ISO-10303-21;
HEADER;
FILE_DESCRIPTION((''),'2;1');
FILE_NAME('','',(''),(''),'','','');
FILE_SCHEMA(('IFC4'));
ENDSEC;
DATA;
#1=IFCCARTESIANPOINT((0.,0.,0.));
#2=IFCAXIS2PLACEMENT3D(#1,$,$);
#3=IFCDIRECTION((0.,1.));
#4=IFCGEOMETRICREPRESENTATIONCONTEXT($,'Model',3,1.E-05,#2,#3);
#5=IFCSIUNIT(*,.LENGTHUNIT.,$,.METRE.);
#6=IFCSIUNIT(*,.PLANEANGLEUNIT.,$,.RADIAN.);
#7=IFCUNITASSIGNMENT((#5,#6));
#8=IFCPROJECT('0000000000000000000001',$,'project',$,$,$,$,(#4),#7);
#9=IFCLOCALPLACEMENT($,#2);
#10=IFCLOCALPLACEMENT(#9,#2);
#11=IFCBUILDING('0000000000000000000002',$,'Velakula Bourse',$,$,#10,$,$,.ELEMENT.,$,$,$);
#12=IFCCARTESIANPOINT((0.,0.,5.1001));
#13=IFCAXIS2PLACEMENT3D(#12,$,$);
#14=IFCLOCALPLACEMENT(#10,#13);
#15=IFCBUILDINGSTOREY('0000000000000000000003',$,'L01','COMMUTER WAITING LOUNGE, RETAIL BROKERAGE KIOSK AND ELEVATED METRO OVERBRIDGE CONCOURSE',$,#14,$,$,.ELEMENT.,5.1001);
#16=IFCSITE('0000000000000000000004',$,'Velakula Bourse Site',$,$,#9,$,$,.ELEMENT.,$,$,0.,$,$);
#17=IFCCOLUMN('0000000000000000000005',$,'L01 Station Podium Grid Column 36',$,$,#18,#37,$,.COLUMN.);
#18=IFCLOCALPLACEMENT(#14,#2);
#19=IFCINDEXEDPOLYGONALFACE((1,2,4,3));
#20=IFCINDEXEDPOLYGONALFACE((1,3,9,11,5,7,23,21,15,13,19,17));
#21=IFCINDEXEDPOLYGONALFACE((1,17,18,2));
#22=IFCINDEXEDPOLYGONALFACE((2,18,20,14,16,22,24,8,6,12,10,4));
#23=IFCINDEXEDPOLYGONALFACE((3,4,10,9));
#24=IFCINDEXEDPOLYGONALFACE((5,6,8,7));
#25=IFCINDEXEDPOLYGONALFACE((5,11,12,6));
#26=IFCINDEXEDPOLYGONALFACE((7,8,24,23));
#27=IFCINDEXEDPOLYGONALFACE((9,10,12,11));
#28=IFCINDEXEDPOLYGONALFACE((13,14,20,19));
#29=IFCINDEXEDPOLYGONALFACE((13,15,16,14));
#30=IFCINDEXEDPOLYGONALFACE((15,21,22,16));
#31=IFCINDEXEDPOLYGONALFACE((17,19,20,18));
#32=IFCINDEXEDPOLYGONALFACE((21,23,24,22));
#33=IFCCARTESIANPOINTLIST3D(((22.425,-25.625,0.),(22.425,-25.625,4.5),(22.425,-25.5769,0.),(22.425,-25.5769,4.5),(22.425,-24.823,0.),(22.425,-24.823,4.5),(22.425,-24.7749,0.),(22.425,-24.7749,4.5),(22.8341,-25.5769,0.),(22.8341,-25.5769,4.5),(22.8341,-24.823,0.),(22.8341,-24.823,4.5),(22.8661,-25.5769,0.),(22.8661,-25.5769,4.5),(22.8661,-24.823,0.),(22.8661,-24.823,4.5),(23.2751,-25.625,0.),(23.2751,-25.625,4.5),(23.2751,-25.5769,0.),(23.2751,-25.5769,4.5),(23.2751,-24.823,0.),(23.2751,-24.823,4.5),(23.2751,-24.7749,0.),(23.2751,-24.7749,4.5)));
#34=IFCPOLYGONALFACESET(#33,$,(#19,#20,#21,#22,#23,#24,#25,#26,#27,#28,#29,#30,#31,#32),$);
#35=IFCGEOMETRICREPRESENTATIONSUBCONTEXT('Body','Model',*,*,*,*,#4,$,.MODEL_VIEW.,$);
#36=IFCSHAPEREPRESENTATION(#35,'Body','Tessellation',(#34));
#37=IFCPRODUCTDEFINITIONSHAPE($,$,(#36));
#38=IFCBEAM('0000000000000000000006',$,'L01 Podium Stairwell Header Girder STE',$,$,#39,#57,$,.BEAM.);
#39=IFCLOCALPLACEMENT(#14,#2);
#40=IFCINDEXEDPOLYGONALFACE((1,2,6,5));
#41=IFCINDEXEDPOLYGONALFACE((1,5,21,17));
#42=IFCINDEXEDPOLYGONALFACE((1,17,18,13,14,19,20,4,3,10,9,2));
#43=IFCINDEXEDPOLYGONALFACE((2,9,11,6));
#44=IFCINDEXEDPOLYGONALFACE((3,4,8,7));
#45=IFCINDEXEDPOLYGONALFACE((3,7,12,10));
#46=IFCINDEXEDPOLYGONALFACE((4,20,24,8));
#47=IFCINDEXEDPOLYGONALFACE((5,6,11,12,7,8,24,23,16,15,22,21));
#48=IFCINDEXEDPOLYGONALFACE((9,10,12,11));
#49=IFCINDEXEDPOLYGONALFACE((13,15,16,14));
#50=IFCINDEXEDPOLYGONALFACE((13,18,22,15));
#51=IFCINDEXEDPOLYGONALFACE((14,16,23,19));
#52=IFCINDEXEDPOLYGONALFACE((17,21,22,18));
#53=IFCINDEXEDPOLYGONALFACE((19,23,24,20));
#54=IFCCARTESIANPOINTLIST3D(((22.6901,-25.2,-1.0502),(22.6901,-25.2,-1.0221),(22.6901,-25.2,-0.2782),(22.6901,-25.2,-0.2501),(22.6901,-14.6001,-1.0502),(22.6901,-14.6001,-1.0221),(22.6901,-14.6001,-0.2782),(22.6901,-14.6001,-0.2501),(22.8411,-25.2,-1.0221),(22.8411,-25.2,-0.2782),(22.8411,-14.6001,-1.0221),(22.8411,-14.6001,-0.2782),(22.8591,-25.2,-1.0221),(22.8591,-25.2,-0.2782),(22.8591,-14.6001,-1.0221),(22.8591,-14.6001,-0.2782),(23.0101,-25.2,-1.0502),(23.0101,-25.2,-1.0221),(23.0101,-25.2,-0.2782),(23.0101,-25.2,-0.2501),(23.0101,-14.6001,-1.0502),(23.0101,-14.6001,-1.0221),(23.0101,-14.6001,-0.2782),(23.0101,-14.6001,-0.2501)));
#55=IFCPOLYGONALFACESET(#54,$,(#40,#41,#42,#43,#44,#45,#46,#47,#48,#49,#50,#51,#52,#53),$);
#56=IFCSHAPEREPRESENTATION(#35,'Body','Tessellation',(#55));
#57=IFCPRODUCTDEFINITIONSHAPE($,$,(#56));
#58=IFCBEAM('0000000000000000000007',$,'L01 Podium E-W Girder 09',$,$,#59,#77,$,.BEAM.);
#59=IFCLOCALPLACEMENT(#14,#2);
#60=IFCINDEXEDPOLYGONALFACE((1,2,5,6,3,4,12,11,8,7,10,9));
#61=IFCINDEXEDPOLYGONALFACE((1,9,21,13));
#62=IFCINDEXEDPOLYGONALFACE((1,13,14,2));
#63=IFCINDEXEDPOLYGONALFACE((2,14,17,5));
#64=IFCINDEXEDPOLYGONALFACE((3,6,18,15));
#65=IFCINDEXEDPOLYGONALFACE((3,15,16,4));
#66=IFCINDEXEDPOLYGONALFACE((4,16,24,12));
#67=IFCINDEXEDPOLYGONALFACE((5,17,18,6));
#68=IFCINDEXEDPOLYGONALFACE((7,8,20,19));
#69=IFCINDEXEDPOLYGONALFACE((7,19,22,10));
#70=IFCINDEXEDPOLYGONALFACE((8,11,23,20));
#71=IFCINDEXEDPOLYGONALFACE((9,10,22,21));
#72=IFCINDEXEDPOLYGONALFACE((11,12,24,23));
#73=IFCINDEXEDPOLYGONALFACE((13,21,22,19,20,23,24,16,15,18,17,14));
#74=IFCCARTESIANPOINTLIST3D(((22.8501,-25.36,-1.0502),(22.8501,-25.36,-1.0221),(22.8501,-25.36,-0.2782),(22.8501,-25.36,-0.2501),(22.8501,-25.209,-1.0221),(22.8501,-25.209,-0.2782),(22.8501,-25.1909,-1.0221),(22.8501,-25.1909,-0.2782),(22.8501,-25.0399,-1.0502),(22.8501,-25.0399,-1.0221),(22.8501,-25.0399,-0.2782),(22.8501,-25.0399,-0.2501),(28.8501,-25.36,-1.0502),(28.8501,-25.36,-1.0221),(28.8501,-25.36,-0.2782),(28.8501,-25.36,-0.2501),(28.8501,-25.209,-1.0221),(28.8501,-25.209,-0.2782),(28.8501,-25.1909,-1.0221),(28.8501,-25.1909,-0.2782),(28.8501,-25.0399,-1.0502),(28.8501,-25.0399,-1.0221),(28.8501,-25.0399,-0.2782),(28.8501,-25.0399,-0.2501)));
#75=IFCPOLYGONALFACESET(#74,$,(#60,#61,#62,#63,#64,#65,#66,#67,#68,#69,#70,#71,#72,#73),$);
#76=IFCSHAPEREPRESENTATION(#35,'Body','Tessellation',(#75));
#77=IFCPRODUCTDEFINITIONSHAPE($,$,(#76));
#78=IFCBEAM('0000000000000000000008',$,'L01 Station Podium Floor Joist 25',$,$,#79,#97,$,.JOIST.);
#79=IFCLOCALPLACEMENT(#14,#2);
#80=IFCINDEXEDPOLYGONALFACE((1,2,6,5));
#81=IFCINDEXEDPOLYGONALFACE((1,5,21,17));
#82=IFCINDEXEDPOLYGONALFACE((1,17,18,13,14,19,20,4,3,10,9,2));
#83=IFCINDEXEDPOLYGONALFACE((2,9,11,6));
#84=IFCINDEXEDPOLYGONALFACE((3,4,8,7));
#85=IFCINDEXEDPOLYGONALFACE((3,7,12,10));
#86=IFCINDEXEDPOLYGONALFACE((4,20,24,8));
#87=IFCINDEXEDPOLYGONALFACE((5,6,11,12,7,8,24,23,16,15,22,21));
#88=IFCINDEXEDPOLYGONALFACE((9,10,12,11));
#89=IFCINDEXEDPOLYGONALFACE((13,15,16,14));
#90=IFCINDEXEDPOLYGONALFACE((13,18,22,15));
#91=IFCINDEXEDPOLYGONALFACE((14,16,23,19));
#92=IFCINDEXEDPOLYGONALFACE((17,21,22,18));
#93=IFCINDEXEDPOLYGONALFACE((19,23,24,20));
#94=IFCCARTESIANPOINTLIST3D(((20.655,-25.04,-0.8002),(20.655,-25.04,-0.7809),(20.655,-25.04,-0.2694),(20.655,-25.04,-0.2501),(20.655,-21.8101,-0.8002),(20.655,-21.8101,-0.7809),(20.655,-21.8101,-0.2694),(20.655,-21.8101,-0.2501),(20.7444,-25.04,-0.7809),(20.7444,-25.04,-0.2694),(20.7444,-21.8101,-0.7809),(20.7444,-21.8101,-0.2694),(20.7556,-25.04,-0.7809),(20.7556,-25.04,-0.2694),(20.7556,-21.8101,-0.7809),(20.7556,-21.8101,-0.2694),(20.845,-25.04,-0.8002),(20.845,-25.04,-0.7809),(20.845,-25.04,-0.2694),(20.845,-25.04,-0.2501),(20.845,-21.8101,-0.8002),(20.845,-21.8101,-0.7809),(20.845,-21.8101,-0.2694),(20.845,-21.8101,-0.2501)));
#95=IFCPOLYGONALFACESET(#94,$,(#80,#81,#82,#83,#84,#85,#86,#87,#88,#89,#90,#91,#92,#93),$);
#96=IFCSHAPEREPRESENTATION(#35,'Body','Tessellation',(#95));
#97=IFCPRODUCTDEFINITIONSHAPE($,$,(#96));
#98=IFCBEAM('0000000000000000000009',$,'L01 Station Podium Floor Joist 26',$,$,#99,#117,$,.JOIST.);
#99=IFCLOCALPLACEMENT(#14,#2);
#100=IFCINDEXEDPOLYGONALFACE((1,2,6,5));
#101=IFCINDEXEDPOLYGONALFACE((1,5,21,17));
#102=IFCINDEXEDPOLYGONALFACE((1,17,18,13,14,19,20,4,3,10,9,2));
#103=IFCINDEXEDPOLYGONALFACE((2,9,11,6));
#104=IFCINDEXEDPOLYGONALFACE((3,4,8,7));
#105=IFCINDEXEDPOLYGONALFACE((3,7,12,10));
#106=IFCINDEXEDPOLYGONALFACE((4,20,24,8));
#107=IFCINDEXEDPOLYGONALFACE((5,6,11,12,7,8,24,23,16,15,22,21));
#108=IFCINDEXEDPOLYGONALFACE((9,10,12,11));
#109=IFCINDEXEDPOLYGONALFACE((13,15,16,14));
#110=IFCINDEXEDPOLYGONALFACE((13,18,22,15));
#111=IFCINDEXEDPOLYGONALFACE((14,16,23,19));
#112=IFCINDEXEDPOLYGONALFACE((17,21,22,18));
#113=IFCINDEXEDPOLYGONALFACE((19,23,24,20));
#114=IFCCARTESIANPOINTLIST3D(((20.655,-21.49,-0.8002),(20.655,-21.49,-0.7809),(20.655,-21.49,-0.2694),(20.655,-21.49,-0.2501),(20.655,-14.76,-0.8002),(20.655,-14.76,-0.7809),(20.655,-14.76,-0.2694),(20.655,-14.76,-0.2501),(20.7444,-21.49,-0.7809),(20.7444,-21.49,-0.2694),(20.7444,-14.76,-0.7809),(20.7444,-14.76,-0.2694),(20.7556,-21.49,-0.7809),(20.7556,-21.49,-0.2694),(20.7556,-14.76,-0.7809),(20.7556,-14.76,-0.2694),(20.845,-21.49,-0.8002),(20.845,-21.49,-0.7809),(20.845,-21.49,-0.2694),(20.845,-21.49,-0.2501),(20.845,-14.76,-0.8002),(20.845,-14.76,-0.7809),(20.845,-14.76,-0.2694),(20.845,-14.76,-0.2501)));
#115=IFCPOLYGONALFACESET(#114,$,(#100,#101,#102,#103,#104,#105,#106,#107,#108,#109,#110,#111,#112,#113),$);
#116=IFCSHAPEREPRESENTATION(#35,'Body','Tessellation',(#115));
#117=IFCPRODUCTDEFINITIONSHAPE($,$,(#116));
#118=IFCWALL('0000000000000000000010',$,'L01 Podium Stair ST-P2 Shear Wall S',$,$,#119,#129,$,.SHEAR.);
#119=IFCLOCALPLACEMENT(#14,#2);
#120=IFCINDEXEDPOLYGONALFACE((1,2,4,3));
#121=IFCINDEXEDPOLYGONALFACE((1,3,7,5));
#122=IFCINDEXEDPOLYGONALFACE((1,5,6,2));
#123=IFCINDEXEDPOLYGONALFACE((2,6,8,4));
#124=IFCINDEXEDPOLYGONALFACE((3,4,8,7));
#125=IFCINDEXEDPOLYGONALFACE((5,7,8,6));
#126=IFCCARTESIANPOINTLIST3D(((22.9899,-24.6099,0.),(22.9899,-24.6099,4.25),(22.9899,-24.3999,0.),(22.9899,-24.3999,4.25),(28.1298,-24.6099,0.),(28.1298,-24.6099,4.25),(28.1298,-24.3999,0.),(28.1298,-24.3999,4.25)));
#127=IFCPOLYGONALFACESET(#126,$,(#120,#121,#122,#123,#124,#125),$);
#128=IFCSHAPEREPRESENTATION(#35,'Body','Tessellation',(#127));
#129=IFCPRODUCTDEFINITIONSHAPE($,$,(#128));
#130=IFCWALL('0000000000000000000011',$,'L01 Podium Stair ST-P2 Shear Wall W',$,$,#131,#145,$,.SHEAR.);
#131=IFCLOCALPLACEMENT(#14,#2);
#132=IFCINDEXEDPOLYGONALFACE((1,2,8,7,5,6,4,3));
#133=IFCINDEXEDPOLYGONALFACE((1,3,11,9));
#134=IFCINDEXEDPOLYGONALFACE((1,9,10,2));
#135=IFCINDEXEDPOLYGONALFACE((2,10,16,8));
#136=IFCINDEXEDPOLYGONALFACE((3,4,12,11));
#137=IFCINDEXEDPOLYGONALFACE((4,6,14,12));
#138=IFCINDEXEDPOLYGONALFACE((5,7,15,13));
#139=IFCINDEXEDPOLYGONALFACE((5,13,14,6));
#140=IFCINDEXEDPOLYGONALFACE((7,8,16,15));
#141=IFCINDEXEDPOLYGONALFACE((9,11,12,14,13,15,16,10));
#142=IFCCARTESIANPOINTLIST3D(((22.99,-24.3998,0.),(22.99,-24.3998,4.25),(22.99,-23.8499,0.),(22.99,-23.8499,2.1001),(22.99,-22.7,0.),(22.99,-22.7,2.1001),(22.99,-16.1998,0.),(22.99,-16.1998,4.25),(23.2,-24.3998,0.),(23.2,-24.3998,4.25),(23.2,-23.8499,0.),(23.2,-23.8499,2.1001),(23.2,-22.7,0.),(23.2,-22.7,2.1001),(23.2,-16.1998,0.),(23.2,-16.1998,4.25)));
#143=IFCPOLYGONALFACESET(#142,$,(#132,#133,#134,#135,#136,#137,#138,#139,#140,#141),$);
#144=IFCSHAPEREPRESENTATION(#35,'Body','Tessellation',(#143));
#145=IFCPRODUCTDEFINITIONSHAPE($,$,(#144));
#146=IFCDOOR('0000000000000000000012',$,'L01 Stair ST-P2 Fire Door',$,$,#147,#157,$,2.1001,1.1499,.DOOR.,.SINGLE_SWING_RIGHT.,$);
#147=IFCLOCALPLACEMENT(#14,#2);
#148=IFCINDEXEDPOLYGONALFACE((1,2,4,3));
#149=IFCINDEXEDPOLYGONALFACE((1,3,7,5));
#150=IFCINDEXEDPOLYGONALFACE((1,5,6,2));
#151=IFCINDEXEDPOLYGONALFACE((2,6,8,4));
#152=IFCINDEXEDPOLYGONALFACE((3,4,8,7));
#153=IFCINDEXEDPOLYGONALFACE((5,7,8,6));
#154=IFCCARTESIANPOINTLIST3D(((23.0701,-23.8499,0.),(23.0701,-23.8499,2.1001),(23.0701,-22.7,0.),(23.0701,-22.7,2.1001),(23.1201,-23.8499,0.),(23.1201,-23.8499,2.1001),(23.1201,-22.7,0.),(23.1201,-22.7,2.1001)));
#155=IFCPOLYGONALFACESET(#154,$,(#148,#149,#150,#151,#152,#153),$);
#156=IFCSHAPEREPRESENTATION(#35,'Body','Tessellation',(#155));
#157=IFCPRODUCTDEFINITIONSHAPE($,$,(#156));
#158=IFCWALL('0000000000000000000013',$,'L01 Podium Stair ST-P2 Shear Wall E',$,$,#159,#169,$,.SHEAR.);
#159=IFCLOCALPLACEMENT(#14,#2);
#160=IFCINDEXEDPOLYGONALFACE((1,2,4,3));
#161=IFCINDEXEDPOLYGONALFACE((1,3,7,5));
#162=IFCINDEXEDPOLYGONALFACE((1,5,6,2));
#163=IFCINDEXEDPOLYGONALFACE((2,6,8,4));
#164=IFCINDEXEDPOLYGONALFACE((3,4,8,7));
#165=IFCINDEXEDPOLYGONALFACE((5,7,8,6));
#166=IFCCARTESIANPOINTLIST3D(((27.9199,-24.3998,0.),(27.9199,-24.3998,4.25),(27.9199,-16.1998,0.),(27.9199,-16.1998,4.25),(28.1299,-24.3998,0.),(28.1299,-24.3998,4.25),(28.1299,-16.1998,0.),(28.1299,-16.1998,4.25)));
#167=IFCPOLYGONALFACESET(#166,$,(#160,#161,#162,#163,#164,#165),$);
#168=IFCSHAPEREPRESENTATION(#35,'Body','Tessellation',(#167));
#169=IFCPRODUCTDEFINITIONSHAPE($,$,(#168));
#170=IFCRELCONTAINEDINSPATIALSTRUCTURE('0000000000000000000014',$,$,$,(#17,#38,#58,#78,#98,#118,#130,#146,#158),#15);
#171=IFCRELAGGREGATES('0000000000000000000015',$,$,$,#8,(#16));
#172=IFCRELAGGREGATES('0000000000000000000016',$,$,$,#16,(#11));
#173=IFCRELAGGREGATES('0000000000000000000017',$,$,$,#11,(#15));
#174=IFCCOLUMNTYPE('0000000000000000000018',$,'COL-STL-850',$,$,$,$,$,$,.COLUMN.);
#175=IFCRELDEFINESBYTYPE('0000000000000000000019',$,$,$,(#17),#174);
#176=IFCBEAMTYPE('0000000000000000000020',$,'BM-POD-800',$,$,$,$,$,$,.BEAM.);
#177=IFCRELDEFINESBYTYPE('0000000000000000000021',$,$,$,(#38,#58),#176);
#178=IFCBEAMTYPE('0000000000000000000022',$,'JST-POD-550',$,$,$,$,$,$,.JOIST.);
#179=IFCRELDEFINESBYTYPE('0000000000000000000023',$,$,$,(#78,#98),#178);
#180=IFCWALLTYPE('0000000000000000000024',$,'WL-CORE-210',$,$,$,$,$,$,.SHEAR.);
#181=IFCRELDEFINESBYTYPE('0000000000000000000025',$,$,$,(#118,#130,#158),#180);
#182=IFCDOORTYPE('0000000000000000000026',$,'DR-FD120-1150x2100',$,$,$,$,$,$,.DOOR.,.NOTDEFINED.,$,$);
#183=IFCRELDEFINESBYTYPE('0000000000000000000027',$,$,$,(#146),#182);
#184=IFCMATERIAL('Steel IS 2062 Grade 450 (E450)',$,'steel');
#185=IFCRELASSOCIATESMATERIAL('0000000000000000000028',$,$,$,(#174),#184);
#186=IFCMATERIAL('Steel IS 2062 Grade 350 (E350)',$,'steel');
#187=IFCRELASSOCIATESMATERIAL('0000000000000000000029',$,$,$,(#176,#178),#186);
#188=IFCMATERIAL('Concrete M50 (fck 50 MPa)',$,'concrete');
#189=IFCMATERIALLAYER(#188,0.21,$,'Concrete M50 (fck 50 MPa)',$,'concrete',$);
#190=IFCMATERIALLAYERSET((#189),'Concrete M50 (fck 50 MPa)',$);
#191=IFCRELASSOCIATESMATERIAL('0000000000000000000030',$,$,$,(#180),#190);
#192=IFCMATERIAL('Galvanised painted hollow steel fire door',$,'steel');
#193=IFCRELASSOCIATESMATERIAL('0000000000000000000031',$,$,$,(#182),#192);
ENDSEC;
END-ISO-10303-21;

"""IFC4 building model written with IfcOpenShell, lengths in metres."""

from ifc_helpers import new_model, si_unit, direction, frame, frame_2d, origin, origin_2d, place, context, subcontext, project, spatial, rectangle, i_section, extrude, material, layer, layer_set, material_profile, profile_set, type_object, element, fill, save


model = new_model("IFC4")

# Units and contexts
model_context = context("Model", 3, precision=1e-05, world=origin(), true_north=direction((0.0, 1.0)))
body_context = subcontext(model_context, "Body", "Model", "MODEL_VIEW")
ifc_project = project(units=[si_unit("LENGTHUNIT", "METRE"), si_unit("PLANEANGLEUNIT", "RADIAN")], contexts=[model_context])

# Site, building, storey
site_placement = place(None, origin())
site = spatial("IfcSite", under=ifc_project, at=site_placement, Name="Velakula Bourse Site", CompositionType="ELEMENT", RefElevation=0.0)
building_placement = place(site_placement, origin())
building = spatial("IfcBuilding", under=site, at=building_placement, Name="Velakula Bourse", CompositionType="ELEMENT")
storey_placement = place(building_placement, frame((0.0, 0.0, 5.1001)))
storey = spatial("IfcBuildingStorey", under=building, at=storey_placement, Name="L01", Description="COMMUTER WAITING LOUNGE, RETAIL BROKERAGE KIOSK AND ELEVATED METRO OVERBRIDGE CONCOURSE", CompositionType="ELEMENT", Elevation=5.1001)

# Column
ifc_material_1 = material(Name="Steel IS 2062 Grade 450 (E450)", Category="steel")
ifc_material_profile_1 = material_profile(ifc_material_1, i_section(OverallWidth=0.8501, OverallDepth=0.8501, WebThickness=0.032, FlangeThickness=0.0481, at=origin_2d()), Name="Steel IS 2062 Grade 450 (E450)")
ifc_profile_set_1 = profile_set([ifc_material_profile_1], Name="Steel IS 2062 Grade 450 (E450)")
column_type = type_object("IfcColumnType", Name="COL-STL-850", PredefinedType="COLUMN", material=ifc_profile_set_1)
column_placement = place(storey_placement, frame((22.8501, -25.2, 0.0), z_axis=(0.0, 0.0, 1.0), x_axis=(1.0, 0.0, 0.0)))
element("IfcColumn", 1, at=column_placement, inside=storey, type_object=column_type, Name="L01 Station Podium Grid Column 36", PredefinedType="COLUMN", context=body_context, shape_type="SweptSolid", body=[
    extrude(i_section(OverallWidth=0.8501, OverallDepth=0.8501, WebThickness=0.032, FlangeThickness=0.0481, at=origin_2d()), origin(), (0.0, 0.0, 1.0), 4.5),
])

# Beams
ifc_material_2 = material(Name="Steel IS 2062 Grade 350 (E350)", Category="steel")
ifc_material_profile_2 = material_profile(ifc_material_2, i_section(OverallWidth=0.3201, OverallDepth=0.8, WebThickness=0.0181, FlangeThickness=0.0281, at=origin_2d()), Name="Steel IS 2062 Grade 350 (E350)")
ifc_profile_set_2 = profile_set([ifc_material_profile_2], Name="Steel IS 2062 Grade 350 (E350)")
beam_type_1 = type_object("IfcBeamType", Name="BM-POD-800", PredefinedType="BEAM", material=ifc_profile_set_2)
beam_1_placement = place(storey_placement, frame((22.8501, -25.2, -0.6501), z_axis=(0.0, 1.0, 0.0), x_axis=(-1.0, 0.0, 0.0)))
element("IfcBeam", 2, at=beam_1_placement, inside=storey, type_object=beam_type_1, Name="L01 Podium Stairwell Header Girder STE", PredefinedType="BEAM", context=body_context, shape_type="SweptSolid", body=[
    extrude(i_section(OverallWidth=0.3201, OverallDepth=0.8, WebThickness=0.0181, FlangeThickness=0.0281, at=origin_2d()), origin(), (0.0, 0.0, 1.0), 10.5999),
])
beam_2_placement = place(storey_placement, frame((22.8501, -25.2, -0.6501), z_axis=(1.0, 0.0, 0.0), x_axis=(0.0, 1.0, 0.0)))
element("IfcBeam", 3, at=beam_2_placement, inside=storey, type_object=beam_type_1, Name="L01 Podium E-W Girder 09", PredefinedType="BEAM", context=body_context, shape_type="SweptSolid", body=[
    extrude(i_section(OverallWidth=0.3201, OverallDepth=0.8, WebThickness=0.0181, FlangeThickness=0.0281, at=origin_2d()), origin(), (0.0, 0.0, 1.0), 6.0),
])
ifc_material_profile_3 = material_profile(ifc_material_2, i_section(OverallWidth=0.1899, OverallDepth=0.55, WebThickness=0.0112, FlangeThickness=0.0193, at=origin_2d()), Name="Steel IS 2062 Grade 350 (E350)")
ifc_profile_set_3 = profile_set([ifc_material_profile_3], Name="Steel IS 2062 Grade 350 (E350)")
beam_type_2 = type_object("IfcBeamType", Name="JST-POD-550", PredefinedType="JOIST", material=ifc_profile_set_3)
beam_3_placement = place(storey_placement, frame((20.75, -25.04, -0.5251), z_axis=(0.0, 1.0, 0.0), x_axis=(-1.0, 0.0, 0.0)))
element("IfcBeam", 4, at=beam_3_placement, inside=storey, type_object=beam_type_2, Name="L01 Station Podium Floor Joist 25", PredefinedType="JOIST", context=body_context, shape_type="SweptSolid", body=[
    extrude(i_section(OverallWidth=0.1899, OverallDepth=0.55, WebThickness=0.0112, FlangeThickness=0.0193, at=origin_2d()), origin(), (0.0, 0.0, 1.0), 3.23),
])
beam_4_placement = place(storey_placement, frame((20.75, -21.49, -0.5251), z_axis=(0.0, 1.0, 0.0), x_axis=(-1.0, 0.0, 0.0)))
element("IfcBeam", 5, at=beam_4_placement, inside=storey, type_object=beam_type_2, Name="L01 Station Podium Floor Joist 26", PredefinedType="JOIST", context=body_context, shape_type="SweptSolid", body=[
    extrude(i_section(OverallWidth=0.1899, OverallDepth=0.55, WebThickness=0.0112, FlangeThickness=0.0193, at=origin_2d()), origin(), (0.0, 0.0, 1.0), 6.73),
])

# Wall
ifc_material_3 = material(Name="Concrete M50 (fck 50 MPa)", Category="concrete")
ifc_layer_1 = layer(ifc_material_3, 0.21, Name="Concrete M50 (fck 50 MPa)", Category="concrete")
ifc_layer_set_1 = layer_set([ifc_layer_1], Name="Concrete M50 (fck 50 MPa)")
wall_type = type_object("IfcWallType", Name="WL-CORE-210", PredefinedType="SHEAR", material=ifc_layer_set_1)
wall_1_placement = place(storey_placement, frame((22.99, -24.5049, 0.0), z_axis=(0.0, 0.0, 1.0), x_axis=(1.0, 0.0, 0.0)))
element("IfcWall", 6, at=wall_1_placement, inside=storey, type_object=wall_type, Name="L01 Podium Stair ST-P2 Shear Wall S", PredefinedType="SHEAR", context=body_context, shape_type="SweptSolid", body=[
    extrude(rectangle(XDim=5.1399, YDim=0.21, at=frame_2d((2.5698, 0.0))), origin(), (0.0, 0.0, 1.0), 4.25),
])

# Wall, opening, door
wall_2_placement = place(storey_placement, frame((23.095, -24.3999, 0.0), z_axis=(0.0, 0.0, 1.0), x_axis=(0.0, 1.0, 0.0)))
wall_2 = element("IfcWall", 7, at=wall_2_placement, inside=storey, type_object=wall_type, Name="L01 Podium Stair ST-P2 Shear Wall W", PredefinedType="SHEAR", context=body_context, shape_type="SweptSolid", body=[
    extrude(rectangle(XDim=8.2, YDim=0.21, at=frame_2d((4.1001, 0.0))), origin(), (0.0, 0.0, 1.0), 4.25),
])
opening_placement = place(wall_2_placement, frame((0.55, 0.0, 0.0)))
opening = element("IfcOpeningElement", 8, at=opening_placement, cuts=wall_2, PredefinedType="OPENING", context=body_context, shape_type="SweptSolid", body=[
    extrude(rectangle(XDim=1.1499, YDim=2.1001, at=frame_2d((0.575, 1.05))), frame((0.0, 0.115, 0.0), z_axis=(0.0, -1.0, 0.0), x_axis=(1.0, 0.0, 0.0)), (0.0, 0.0, 1.0), 0.23),
])
ifc_material_4 = material(Name="Galvanised painted hollow steel fire door", Category="steel")
door_type = type_object("IfcDoorType", Name="DR-FD120-1150x2100", OperationType="NOTDEFINED", PredefinedType="DOOR", material=ifc_material_4)
door_placement = place(opening_placement, origin())
door = element("IfcDoor", 9, at=door_placement, inside=storey, type_object=door_type, Name="L01 Stair ST-P2 Fire Door", OperationType="SINGLE_SWING_RIGHT", OverallHeight=2.1001, OverallWidth=1.1499, PredefinedType="DOOR", context=body_context, shape_type="SweptSolid", body=[
    extrude(rectangle(XDim=1.1499, YDim=2.1001, at=frame_2d((0.575, 1.05))), frame((0.0, 0.0249, 0.0), z_axis=(0.0, -1.0, 0.0), x_axis=(1.0, 0.0, 0.0)), (0.0, 0.0, 1.0), 0.05),
])
fill(opening, door)

# Wall
wall_3_placement = place(storey_placement, frame((28.0249, -24.3999, 0.0), z_axis=(0.0, 0.0, 1.0), x_axis=(0.0, 1.0, 0.0)))
element("IfcWall", 10, at=wall_3_placement, inside=storey, type_object=wall_type, Name="L01 Podium Stair ST-P2 Shear Wall E", PredefinedType="SHEAR", context=body_context, shape_type="SweptSolid", body=[
    extrude(rectangle(XDim=8.2, YDim=0.21, at=frame_2d((4.1001, 0.0))), origin(), (0.0, 0.0, 1.0), 4.25),
])

save(model, "model.ifc")
